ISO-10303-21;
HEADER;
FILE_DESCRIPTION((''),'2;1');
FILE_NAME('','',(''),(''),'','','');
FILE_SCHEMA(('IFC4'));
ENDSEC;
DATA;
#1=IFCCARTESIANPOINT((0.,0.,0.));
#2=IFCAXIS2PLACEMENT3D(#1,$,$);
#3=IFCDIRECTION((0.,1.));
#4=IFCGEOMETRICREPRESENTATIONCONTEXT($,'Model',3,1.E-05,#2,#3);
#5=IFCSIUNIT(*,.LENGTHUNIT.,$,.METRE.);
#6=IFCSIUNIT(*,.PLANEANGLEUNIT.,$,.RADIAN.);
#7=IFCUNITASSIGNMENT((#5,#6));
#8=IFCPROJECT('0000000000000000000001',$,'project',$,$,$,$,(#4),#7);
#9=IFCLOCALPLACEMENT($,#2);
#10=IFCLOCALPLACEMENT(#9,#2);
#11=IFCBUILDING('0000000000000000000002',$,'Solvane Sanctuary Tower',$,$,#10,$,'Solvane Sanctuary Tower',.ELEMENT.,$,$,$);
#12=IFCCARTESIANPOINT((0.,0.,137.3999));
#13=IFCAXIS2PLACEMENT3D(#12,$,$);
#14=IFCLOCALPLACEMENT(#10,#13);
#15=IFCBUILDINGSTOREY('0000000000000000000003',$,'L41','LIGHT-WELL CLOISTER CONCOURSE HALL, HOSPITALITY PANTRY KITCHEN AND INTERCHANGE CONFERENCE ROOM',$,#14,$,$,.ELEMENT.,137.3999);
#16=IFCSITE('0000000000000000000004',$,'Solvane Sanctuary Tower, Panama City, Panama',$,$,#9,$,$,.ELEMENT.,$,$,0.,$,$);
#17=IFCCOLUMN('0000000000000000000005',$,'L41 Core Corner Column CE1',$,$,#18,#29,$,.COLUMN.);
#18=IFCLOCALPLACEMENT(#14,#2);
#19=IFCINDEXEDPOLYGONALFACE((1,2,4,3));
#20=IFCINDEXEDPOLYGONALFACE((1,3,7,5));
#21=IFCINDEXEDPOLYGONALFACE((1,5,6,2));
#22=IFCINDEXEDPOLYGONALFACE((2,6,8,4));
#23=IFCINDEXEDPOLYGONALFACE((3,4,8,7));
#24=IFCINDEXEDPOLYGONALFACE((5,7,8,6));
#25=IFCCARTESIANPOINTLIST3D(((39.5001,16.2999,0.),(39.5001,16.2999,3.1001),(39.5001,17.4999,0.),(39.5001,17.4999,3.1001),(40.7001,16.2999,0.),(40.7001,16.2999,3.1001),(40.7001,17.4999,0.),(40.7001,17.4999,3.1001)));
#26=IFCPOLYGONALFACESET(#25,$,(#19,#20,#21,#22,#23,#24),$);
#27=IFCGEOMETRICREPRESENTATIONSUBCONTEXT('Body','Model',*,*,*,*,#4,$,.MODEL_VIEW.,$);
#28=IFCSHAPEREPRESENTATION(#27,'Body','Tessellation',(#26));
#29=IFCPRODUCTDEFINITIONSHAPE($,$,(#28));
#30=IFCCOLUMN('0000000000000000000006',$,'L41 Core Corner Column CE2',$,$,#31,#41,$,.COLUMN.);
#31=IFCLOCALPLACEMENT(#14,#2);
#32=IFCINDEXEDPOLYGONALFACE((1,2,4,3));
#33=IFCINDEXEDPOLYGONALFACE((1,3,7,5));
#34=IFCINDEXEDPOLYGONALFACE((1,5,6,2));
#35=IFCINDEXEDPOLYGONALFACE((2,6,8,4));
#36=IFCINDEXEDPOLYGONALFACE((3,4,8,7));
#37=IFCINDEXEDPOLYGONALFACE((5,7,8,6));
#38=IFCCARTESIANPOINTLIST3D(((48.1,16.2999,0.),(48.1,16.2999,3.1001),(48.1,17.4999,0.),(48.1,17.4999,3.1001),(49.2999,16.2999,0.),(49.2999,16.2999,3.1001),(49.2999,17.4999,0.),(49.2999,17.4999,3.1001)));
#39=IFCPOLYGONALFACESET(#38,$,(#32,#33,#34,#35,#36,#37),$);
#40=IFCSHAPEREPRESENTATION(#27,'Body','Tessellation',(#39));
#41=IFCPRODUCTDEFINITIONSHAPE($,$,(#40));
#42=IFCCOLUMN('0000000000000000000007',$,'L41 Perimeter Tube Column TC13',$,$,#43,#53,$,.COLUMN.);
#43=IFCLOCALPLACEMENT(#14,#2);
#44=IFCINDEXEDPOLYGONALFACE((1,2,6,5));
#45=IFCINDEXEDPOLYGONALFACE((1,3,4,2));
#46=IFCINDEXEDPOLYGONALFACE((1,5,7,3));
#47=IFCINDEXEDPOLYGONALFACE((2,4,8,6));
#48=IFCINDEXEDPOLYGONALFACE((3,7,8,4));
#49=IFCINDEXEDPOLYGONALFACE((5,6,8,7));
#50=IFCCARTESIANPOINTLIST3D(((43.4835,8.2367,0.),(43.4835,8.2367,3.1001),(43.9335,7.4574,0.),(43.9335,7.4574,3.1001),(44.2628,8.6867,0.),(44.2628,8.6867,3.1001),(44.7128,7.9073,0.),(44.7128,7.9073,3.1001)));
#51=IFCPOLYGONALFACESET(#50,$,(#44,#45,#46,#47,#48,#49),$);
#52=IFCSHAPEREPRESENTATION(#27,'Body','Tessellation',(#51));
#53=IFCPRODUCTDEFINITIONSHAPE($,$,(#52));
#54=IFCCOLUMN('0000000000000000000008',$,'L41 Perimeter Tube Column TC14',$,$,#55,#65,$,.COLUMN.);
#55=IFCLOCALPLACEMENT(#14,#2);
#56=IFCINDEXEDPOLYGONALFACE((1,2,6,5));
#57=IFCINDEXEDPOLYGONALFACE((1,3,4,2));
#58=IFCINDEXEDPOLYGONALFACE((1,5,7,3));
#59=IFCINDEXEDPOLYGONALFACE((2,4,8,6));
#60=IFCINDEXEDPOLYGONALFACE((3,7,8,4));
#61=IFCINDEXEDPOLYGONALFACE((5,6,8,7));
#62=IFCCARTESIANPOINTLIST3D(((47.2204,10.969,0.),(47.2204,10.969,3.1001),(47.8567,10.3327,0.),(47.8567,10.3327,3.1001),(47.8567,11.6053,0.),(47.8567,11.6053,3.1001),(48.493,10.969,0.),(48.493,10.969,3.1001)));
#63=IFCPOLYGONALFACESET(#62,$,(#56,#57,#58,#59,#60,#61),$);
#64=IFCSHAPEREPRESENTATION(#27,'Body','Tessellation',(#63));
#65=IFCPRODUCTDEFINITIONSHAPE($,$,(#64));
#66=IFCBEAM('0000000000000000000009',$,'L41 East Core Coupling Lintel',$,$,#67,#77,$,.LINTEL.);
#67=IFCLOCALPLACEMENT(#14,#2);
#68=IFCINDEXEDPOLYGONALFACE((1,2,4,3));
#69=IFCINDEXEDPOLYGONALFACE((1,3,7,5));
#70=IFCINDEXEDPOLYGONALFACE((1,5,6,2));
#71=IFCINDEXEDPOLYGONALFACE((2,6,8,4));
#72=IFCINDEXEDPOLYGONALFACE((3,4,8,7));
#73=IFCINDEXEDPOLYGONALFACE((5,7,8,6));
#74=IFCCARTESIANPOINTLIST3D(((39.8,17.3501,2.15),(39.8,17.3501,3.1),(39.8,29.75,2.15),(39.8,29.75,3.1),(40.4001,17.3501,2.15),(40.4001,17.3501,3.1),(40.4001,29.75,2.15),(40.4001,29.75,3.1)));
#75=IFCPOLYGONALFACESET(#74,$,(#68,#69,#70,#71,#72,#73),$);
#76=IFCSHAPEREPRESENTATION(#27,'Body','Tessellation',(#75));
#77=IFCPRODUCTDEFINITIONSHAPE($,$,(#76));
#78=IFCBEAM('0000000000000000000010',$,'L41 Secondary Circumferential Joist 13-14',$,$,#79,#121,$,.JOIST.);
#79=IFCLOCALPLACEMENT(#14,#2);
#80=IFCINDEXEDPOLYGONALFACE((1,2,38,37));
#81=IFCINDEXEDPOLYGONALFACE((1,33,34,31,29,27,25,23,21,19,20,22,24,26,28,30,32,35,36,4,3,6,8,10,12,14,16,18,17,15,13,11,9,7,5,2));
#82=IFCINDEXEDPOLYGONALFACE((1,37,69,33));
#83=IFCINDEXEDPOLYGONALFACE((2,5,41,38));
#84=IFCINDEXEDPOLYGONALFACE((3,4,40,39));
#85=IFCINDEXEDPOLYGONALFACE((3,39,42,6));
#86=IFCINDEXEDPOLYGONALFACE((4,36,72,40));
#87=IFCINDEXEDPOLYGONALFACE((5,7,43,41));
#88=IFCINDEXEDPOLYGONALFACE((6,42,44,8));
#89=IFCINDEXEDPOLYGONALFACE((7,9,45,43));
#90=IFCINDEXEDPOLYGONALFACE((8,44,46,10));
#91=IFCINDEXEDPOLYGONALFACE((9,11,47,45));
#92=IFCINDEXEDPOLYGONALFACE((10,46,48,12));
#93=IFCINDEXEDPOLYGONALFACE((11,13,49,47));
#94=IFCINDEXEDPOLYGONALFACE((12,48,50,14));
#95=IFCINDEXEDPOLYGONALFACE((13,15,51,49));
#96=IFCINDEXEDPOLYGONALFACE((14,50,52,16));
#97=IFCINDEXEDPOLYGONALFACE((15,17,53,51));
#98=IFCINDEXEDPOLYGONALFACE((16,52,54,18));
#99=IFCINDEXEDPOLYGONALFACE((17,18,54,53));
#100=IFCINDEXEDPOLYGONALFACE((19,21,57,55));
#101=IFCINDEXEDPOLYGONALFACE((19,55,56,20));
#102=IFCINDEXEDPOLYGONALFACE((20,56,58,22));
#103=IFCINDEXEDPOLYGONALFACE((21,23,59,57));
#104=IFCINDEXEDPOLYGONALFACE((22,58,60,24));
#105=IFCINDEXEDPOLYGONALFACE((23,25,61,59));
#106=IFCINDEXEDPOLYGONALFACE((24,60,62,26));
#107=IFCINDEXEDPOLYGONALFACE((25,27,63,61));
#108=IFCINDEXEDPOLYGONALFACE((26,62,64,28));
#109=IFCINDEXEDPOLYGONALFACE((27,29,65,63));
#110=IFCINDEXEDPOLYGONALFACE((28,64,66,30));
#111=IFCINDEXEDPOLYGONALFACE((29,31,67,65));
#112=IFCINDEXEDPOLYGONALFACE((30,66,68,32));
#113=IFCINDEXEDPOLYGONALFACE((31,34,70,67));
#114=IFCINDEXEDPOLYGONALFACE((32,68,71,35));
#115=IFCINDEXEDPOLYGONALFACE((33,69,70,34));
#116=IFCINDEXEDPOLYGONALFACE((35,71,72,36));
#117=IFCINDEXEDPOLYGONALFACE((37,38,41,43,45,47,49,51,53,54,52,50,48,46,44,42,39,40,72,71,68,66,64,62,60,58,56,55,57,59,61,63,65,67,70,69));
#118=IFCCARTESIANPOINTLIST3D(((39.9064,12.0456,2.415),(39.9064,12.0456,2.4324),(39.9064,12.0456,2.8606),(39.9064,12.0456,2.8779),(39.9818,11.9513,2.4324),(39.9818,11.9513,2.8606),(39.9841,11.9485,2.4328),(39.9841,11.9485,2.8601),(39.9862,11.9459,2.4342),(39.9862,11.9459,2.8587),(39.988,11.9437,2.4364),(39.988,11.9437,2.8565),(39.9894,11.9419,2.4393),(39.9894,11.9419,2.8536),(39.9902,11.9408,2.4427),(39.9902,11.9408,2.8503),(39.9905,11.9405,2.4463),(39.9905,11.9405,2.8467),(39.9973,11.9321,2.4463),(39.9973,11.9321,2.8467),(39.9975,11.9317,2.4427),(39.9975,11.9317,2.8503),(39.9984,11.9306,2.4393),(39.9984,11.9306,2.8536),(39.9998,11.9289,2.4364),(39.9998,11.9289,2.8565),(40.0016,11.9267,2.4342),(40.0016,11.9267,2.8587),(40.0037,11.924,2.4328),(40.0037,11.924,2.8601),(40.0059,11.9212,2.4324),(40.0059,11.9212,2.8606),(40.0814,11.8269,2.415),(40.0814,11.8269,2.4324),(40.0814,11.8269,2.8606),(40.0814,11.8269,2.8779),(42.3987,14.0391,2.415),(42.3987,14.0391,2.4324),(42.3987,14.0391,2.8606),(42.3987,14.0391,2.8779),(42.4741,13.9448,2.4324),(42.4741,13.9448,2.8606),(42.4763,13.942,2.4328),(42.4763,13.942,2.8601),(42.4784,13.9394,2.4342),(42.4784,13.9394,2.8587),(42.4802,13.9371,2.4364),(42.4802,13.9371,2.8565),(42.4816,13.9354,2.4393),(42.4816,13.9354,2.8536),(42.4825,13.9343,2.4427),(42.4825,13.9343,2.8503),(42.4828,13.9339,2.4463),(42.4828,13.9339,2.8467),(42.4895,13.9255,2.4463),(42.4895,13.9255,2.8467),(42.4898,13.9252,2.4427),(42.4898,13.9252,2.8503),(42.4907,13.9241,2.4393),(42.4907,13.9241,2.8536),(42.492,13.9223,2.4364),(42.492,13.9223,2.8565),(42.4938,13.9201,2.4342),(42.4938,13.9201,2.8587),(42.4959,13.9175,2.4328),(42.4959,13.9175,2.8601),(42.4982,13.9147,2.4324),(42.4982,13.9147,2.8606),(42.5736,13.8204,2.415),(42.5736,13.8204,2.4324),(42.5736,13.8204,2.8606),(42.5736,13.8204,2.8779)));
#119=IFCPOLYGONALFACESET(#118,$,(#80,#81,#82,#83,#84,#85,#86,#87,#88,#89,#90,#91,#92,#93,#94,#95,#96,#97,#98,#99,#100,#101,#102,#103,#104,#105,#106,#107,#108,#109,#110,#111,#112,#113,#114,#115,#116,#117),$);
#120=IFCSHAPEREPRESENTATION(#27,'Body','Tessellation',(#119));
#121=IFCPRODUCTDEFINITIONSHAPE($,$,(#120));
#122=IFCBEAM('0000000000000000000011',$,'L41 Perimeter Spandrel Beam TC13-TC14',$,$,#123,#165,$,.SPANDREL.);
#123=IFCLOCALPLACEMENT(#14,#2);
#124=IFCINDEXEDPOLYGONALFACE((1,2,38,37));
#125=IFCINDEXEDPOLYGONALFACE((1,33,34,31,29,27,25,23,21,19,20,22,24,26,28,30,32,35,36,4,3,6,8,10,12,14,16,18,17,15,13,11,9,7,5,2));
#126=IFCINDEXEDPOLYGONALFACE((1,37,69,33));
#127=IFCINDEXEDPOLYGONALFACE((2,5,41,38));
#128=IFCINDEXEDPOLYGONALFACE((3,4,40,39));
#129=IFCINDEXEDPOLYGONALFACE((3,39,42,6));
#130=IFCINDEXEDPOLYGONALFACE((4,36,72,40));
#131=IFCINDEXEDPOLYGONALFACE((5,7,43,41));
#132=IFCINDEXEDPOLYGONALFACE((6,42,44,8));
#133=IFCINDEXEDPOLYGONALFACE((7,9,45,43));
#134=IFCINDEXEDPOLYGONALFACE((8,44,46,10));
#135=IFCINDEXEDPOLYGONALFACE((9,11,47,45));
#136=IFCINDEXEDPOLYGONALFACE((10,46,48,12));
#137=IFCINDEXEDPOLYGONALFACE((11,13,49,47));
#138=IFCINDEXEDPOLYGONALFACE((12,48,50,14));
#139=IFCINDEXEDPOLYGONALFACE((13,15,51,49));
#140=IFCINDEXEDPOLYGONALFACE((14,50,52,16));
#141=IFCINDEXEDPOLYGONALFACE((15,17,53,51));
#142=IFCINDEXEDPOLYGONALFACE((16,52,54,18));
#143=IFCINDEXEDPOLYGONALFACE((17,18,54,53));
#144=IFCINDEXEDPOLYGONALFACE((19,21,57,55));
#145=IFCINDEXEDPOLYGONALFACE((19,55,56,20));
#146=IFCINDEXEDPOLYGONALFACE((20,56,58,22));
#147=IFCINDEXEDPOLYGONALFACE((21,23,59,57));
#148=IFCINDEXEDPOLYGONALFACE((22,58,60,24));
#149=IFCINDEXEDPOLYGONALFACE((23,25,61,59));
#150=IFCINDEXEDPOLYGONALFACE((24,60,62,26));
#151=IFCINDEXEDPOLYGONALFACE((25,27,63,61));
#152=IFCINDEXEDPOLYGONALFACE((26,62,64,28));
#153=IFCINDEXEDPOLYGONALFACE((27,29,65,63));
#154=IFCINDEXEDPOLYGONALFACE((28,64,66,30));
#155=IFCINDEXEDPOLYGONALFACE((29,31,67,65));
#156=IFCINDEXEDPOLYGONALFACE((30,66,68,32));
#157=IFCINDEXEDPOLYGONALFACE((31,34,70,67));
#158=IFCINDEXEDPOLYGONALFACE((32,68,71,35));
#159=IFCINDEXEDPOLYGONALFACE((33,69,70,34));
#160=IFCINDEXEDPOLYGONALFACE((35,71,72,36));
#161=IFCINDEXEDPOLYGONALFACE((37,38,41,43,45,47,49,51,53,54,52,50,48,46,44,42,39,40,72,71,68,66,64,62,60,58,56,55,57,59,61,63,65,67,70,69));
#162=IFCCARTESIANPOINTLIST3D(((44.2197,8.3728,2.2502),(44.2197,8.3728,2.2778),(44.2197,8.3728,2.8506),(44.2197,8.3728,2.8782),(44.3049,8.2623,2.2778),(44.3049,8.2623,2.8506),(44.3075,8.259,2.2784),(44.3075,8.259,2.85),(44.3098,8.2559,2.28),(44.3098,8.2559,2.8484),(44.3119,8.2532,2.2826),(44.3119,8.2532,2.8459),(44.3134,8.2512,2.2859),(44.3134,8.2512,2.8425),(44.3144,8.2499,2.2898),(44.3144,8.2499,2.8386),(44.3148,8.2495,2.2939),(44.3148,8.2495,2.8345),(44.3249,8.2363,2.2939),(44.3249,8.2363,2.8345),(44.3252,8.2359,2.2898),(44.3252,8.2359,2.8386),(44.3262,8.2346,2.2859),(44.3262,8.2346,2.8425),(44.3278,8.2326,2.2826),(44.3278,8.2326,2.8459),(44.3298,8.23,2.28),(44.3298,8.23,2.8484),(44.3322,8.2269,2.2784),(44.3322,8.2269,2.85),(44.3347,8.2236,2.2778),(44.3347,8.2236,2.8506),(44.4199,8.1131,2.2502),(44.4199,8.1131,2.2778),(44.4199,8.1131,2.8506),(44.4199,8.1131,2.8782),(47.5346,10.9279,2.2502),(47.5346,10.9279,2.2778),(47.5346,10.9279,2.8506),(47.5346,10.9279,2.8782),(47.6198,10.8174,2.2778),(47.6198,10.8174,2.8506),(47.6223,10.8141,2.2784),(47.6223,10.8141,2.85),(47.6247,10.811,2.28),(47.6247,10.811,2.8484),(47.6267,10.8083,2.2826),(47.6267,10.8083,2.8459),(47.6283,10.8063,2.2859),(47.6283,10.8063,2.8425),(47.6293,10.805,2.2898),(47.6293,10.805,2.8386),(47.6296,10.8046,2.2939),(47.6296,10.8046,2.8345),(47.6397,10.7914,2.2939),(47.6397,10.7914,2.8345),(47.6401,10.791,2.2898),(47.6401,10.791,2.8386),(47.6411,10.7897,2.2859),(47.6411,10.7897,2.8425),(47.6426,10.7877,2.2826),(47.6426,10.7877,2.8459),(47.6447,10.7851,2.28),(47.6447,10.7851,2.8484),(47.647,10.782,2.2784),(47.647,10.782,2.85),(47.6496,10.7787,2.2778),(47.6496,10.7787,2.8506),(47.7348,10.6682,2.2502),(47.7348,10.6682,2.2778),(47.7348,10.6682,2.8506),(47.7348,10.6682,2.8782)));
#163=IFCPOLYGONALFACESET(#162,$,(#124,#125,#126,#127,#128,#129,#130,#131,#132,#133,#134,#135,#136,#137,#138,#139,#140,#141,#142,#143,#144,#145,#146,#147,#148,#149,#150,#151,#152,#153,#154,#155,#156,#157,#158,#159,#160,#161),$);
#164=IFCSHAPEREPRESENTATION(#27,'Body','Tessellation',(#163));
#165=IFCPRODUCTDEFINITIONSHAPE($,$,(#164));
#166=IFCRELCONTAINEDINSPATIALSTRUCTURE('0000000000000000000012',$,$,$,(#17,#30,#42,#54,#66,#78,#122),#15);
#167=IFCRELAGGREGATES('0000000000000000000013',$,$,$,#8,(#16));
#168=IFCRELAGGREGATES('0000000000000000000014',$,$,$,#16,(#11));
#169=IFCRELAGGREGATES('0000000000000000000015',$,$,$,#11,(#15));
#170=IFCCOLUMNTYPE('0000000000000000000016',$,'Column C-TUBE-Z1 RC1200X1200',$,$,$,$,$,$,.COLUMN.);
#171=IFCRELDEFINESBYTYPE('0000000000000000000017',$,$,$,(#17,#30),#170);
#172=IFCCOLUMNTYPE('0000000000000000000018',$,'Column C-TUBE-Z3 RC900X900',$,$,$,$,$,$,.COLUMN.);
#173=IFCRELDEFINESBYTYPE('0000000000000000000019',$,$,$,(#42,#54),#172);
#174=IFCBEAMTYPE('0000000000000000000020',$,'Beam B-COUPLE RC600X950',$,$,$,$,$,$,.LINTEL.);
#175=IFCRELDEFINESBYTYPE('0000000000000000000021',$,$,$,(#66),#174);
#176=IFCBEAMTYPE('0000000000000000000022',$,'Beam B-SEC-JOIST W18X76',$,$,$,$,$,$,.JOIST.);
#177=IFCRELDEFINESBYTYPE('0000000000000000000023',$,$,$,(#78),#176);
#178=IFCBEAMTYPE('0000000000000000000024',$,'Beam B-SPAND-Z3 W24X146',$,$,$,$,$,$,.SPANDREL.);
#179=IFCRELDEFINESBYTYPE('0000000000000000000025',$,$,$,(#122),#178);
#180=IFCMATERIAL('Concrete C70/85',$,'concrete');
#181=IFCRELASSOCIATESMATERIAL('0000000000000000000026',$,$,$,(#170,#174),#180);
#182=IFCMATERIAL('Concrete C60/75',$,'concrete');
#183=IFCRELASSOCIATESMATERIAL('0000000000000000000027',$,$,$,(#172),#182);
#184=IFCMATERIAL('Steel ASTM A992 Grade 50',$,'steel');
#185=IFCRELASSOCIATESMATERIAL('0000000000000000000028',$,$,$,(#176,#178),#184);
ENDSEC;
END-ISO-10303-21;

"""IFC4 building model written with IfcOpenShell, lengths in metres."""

from ifc_helpers import new_model, si_unit, direction, frame, origin, origin_2d, place, context, subcontext, project, spatial, rectangle, i_section, extrude, material, material_profile, profile_set, type_object, element, save


model = new_model("IFC4")

# Units and contexts
model_context = context("Model", 3, precision=1e-05, world=origin(), true_north=direction((0.0, 1.0)))
body_context = subcontext(model_context, "Body", "Model", "MODEL_VIEW")
ifc_project = project(units=[si_unit("LENGTHUNIT", "METRE"), si_unit("PLANEANGLEUNIT", "RADIAN")], contexts=[model_context])

# Site, building, storey
site_placement = place(None, origin())
site = spatial("IfcSite", under=ifc_project, at=site_placement, Name="Solvane Sanctuary Tower, Panama City, Panama", CompositionType="ELEMENT", RefElevation=0.0)
building_placement = place(site_placement, origin())
building = spatial("IfcBuilding", under=site, at=building_placement, Name="Solvane Sanctuary Tower", LongName="Solvane Sanctuary Tower", CompositionType="ELEMENT")
storey_placement = place(building_placement, frame((0.0, 0.0, 137.3999)))
storey = spatial("IfcBuildingStorey", under=building, at=storey_placement, Name="L41", Description="LIGHT-WELL CLOISTER CONCOURSE HALL, HOSPITALITY PANTRY KITCHEN AND INTERCHANGE CONFERENCE ROOM", CompositionType="ELEMENT", Elevation=137.3999)

# Columns
ifc_material_1 = material(Name="Concrete C70/85", Category="concrete")
ifc_material_profile_1 = material_profile(ifc_material_1, rectangle(XDim=1.2, YDim=1.2, at=origin_2d()), Name="RC1200X1200")
ifc_profile_set_1 = profile_set([ifc_material_profile_1], Name="Concrete C70/85")
column_type_1 = type_object("IfcColumnType", Name="Column C-TUBE-Z1 RC1200X1200", PredefinedType="COLUMN", material=ifc_profile_set_1)
for number, where, z_axis, x_axis, name in (
    (1, (40.1001, 16.8999, 0.0), (0.0, 0.0, 1.0), (1.0, 0.0, 0.0), "L41 Core Corner Column CE1"),
    (2, (48.7, 16.8999, 0.0), (0.0, 0.0, 1.0), (1.0, 0.0, 0.0), "L41 Core Corner Column CE2"),
):
    element("IfcColumn", number, at=place(storey_placement, frame(where, z_axis=z_axis, x_axis=x_axis)), inside=storey, type_object=column_type_1, Name=name, PredefinedType="COLUMN", context=body_context, shape_type="SweptSolid", body=[
        extrude(rectangle(XDim=1.2, YDim=1.2, at=origin_2d()), origin(), (0.0, 0.0, 1.0), 3.1001),
    ])
ifc_material_2 = material(Name="Concrete C60/75", Category="concrete")
ifc_material_profile_2 = material_profile(ifc_material_2, rectangle(XDim=0.8999, YDim=0.8999, at=origin_2d()), Name="RC900X900")
ifc_profile_set_2 = profile_set([ifc_material_profile_2], Name="Concrete C60/75")
column_type_2 = type_object("IfcColumnType", Name="Column C-TUBE-Z3 RC900X900", PredefinedType="COLUMN", material=ifc_profile_set_2)
for number, where, z_axis, x_axis, name in (
    (3, (44.0981, 8.072, 0.0), (0.0, 0.0, 1.0), (0.5, -0.866025, 0.0), "L41 Perimeter Tube Column TC13"),
    (4, (47.8567, 10.969, 0.0), (0.0, 0.0, 1.0), (0.707107, -0.707107, 0.0), "L41 Perimeter Tube Column TC14"),
):
    element("IfcColumn", number, at=place(storey_placement, frame(where, z_axis=z_axis, x_axis=x_axis)), inside=storey, type_object=column_type_2, Name=name, PredefinedType="COLUMN", context=body_context, shape_type="SweptSolid", body=[
        extrude(rectangle(XDim=0.8999, YDim=0.8999, at=origin_2d()), origin(), (0.0, 0.0, 1.0), 3.1001),
    ])

# Beams
ifc_material_profile_3 = material_profile(ifc_material_1, rectangle(XDim=0.6001, YDim=0.95, at=origin_2d()), Name="RC600X950")
ifc_profile_set_3 = profile_set([ifc_material_profile_3], Name="Concrete C70/85")
beam_type_1 = type_object("IfcBeamType", Name="Beam B-COUPLE RC600X950", PredefinedType="LINTEL", material=ifc_profile_set_3)
beam_1_placement = place(storey_placement, frame((40.1001, 17.3501, 2.625), z_axis=(0.0, 1.0, 0.0), x_axis=(-1.0, 0.0, 0.0)))
element("IfcBeam", 5, at=beam_1_placement, inside=storey, type_object=beam_type_1, Name="L41 East Core Coupling Lintel", PredefinedType="LINTEL", context=body_context, shape_type="SweptSolid", body=[
    extrude(rectangle(XDim=0.6001, YDim=0.95, at=origin_2d()), origin(), (0.0, 0.0, 1.0), 12.3999),
])
ifc_material_3 = material(Name="Steel ASTM A992 Grade 50", Category="steel")
ifc_material_profile_4 = material_profile(ifc_material_3, i_section(OverallWidth=0.28, OverallDepth=0.4629, WebThickness=0.0107, FlangeThickness=0.0173, FilletRadius=0.0139, at=origin_2d()), Name="W18X76")
ifc_profile_set_4 = profile_set([ifc_material_profile_4], Name="Steel ASTM A992 Grade 50")
beam_type_2 = type_object("IfcBeamType", Name="Beam B-SEC-JOIST W18X76", PredefinedType="JOIST", material=ifc_profile_set_4)
beam_2_placement = place(storey_placement, frame((39.9939, 11.9363, 2.6465), z_axis=(0.780921, 0.62463, 0.0), x_axis=(-0.62463, 0.780921, 0.0)))
element("IfcBeam", 6, at=beam_2_placement, inside=storey, type_object=beam_type_2, Name="L41 Secondary Circumferential Joist 13-14", PredefinedType="JOIST", context=body_context, shape_type="SweptSolid", body=[
    extrude(i_section(OverallWidth=0.28, OverallDepth=0.4629, WebThickness=0.0107, FlangeThickness=0.0173, FilletRadius=0.0139, at=origin_2d()), origin(), (0.0, 0.0, 1.0), 3.1914),
])
ifc_material_profile_5 = material_profile(ifc_material_3, i_section(OverallWidth=0.3279, OverallDepth=0.6279, WebThickness=0.0166, FlangeThickness=0.0276, FilletRadius=0.0161, at=origin_2d()), Name="W24X146")
ifc_profile_set_5 = profile_set([ifc_material_profile_5], Name="Steel ASTM A992 Grade 50")
beam_type_3 = type_object("IfcBeamType", Name="Beam B-SPAND-Z3 W24X146", PredefinedType="SPANDREL", material=ifc_profile_set_5)
beam_3_placement = place(storey_placement, frame((44.3198, 8.2429, 2.5642), z_axis=(0.792021, 0.610494, 0.0), x_axis=(-0.610494, 0.792021, 0.0)))
element("IfcBeam", 7, at=beam_3_placement, inside=storey, type_object=beam_type_3, Name="L41 Perimeter Spandrel Beam TC13-TC14", PredefinedType="SPANDREL", context=body_context, shape_type="SweptSolid", body=[
    extrude(i_section(OverallWidth=0.3279, OverallDepth=0.6279, WebThickness=0.0166, FlangeThickness=0.0276, FilletRadius=0.0161, at=origin_2d()), origin(), (0.0, 0.0, 1.0), 4.1853),
])

save(model, "model.ifc")
